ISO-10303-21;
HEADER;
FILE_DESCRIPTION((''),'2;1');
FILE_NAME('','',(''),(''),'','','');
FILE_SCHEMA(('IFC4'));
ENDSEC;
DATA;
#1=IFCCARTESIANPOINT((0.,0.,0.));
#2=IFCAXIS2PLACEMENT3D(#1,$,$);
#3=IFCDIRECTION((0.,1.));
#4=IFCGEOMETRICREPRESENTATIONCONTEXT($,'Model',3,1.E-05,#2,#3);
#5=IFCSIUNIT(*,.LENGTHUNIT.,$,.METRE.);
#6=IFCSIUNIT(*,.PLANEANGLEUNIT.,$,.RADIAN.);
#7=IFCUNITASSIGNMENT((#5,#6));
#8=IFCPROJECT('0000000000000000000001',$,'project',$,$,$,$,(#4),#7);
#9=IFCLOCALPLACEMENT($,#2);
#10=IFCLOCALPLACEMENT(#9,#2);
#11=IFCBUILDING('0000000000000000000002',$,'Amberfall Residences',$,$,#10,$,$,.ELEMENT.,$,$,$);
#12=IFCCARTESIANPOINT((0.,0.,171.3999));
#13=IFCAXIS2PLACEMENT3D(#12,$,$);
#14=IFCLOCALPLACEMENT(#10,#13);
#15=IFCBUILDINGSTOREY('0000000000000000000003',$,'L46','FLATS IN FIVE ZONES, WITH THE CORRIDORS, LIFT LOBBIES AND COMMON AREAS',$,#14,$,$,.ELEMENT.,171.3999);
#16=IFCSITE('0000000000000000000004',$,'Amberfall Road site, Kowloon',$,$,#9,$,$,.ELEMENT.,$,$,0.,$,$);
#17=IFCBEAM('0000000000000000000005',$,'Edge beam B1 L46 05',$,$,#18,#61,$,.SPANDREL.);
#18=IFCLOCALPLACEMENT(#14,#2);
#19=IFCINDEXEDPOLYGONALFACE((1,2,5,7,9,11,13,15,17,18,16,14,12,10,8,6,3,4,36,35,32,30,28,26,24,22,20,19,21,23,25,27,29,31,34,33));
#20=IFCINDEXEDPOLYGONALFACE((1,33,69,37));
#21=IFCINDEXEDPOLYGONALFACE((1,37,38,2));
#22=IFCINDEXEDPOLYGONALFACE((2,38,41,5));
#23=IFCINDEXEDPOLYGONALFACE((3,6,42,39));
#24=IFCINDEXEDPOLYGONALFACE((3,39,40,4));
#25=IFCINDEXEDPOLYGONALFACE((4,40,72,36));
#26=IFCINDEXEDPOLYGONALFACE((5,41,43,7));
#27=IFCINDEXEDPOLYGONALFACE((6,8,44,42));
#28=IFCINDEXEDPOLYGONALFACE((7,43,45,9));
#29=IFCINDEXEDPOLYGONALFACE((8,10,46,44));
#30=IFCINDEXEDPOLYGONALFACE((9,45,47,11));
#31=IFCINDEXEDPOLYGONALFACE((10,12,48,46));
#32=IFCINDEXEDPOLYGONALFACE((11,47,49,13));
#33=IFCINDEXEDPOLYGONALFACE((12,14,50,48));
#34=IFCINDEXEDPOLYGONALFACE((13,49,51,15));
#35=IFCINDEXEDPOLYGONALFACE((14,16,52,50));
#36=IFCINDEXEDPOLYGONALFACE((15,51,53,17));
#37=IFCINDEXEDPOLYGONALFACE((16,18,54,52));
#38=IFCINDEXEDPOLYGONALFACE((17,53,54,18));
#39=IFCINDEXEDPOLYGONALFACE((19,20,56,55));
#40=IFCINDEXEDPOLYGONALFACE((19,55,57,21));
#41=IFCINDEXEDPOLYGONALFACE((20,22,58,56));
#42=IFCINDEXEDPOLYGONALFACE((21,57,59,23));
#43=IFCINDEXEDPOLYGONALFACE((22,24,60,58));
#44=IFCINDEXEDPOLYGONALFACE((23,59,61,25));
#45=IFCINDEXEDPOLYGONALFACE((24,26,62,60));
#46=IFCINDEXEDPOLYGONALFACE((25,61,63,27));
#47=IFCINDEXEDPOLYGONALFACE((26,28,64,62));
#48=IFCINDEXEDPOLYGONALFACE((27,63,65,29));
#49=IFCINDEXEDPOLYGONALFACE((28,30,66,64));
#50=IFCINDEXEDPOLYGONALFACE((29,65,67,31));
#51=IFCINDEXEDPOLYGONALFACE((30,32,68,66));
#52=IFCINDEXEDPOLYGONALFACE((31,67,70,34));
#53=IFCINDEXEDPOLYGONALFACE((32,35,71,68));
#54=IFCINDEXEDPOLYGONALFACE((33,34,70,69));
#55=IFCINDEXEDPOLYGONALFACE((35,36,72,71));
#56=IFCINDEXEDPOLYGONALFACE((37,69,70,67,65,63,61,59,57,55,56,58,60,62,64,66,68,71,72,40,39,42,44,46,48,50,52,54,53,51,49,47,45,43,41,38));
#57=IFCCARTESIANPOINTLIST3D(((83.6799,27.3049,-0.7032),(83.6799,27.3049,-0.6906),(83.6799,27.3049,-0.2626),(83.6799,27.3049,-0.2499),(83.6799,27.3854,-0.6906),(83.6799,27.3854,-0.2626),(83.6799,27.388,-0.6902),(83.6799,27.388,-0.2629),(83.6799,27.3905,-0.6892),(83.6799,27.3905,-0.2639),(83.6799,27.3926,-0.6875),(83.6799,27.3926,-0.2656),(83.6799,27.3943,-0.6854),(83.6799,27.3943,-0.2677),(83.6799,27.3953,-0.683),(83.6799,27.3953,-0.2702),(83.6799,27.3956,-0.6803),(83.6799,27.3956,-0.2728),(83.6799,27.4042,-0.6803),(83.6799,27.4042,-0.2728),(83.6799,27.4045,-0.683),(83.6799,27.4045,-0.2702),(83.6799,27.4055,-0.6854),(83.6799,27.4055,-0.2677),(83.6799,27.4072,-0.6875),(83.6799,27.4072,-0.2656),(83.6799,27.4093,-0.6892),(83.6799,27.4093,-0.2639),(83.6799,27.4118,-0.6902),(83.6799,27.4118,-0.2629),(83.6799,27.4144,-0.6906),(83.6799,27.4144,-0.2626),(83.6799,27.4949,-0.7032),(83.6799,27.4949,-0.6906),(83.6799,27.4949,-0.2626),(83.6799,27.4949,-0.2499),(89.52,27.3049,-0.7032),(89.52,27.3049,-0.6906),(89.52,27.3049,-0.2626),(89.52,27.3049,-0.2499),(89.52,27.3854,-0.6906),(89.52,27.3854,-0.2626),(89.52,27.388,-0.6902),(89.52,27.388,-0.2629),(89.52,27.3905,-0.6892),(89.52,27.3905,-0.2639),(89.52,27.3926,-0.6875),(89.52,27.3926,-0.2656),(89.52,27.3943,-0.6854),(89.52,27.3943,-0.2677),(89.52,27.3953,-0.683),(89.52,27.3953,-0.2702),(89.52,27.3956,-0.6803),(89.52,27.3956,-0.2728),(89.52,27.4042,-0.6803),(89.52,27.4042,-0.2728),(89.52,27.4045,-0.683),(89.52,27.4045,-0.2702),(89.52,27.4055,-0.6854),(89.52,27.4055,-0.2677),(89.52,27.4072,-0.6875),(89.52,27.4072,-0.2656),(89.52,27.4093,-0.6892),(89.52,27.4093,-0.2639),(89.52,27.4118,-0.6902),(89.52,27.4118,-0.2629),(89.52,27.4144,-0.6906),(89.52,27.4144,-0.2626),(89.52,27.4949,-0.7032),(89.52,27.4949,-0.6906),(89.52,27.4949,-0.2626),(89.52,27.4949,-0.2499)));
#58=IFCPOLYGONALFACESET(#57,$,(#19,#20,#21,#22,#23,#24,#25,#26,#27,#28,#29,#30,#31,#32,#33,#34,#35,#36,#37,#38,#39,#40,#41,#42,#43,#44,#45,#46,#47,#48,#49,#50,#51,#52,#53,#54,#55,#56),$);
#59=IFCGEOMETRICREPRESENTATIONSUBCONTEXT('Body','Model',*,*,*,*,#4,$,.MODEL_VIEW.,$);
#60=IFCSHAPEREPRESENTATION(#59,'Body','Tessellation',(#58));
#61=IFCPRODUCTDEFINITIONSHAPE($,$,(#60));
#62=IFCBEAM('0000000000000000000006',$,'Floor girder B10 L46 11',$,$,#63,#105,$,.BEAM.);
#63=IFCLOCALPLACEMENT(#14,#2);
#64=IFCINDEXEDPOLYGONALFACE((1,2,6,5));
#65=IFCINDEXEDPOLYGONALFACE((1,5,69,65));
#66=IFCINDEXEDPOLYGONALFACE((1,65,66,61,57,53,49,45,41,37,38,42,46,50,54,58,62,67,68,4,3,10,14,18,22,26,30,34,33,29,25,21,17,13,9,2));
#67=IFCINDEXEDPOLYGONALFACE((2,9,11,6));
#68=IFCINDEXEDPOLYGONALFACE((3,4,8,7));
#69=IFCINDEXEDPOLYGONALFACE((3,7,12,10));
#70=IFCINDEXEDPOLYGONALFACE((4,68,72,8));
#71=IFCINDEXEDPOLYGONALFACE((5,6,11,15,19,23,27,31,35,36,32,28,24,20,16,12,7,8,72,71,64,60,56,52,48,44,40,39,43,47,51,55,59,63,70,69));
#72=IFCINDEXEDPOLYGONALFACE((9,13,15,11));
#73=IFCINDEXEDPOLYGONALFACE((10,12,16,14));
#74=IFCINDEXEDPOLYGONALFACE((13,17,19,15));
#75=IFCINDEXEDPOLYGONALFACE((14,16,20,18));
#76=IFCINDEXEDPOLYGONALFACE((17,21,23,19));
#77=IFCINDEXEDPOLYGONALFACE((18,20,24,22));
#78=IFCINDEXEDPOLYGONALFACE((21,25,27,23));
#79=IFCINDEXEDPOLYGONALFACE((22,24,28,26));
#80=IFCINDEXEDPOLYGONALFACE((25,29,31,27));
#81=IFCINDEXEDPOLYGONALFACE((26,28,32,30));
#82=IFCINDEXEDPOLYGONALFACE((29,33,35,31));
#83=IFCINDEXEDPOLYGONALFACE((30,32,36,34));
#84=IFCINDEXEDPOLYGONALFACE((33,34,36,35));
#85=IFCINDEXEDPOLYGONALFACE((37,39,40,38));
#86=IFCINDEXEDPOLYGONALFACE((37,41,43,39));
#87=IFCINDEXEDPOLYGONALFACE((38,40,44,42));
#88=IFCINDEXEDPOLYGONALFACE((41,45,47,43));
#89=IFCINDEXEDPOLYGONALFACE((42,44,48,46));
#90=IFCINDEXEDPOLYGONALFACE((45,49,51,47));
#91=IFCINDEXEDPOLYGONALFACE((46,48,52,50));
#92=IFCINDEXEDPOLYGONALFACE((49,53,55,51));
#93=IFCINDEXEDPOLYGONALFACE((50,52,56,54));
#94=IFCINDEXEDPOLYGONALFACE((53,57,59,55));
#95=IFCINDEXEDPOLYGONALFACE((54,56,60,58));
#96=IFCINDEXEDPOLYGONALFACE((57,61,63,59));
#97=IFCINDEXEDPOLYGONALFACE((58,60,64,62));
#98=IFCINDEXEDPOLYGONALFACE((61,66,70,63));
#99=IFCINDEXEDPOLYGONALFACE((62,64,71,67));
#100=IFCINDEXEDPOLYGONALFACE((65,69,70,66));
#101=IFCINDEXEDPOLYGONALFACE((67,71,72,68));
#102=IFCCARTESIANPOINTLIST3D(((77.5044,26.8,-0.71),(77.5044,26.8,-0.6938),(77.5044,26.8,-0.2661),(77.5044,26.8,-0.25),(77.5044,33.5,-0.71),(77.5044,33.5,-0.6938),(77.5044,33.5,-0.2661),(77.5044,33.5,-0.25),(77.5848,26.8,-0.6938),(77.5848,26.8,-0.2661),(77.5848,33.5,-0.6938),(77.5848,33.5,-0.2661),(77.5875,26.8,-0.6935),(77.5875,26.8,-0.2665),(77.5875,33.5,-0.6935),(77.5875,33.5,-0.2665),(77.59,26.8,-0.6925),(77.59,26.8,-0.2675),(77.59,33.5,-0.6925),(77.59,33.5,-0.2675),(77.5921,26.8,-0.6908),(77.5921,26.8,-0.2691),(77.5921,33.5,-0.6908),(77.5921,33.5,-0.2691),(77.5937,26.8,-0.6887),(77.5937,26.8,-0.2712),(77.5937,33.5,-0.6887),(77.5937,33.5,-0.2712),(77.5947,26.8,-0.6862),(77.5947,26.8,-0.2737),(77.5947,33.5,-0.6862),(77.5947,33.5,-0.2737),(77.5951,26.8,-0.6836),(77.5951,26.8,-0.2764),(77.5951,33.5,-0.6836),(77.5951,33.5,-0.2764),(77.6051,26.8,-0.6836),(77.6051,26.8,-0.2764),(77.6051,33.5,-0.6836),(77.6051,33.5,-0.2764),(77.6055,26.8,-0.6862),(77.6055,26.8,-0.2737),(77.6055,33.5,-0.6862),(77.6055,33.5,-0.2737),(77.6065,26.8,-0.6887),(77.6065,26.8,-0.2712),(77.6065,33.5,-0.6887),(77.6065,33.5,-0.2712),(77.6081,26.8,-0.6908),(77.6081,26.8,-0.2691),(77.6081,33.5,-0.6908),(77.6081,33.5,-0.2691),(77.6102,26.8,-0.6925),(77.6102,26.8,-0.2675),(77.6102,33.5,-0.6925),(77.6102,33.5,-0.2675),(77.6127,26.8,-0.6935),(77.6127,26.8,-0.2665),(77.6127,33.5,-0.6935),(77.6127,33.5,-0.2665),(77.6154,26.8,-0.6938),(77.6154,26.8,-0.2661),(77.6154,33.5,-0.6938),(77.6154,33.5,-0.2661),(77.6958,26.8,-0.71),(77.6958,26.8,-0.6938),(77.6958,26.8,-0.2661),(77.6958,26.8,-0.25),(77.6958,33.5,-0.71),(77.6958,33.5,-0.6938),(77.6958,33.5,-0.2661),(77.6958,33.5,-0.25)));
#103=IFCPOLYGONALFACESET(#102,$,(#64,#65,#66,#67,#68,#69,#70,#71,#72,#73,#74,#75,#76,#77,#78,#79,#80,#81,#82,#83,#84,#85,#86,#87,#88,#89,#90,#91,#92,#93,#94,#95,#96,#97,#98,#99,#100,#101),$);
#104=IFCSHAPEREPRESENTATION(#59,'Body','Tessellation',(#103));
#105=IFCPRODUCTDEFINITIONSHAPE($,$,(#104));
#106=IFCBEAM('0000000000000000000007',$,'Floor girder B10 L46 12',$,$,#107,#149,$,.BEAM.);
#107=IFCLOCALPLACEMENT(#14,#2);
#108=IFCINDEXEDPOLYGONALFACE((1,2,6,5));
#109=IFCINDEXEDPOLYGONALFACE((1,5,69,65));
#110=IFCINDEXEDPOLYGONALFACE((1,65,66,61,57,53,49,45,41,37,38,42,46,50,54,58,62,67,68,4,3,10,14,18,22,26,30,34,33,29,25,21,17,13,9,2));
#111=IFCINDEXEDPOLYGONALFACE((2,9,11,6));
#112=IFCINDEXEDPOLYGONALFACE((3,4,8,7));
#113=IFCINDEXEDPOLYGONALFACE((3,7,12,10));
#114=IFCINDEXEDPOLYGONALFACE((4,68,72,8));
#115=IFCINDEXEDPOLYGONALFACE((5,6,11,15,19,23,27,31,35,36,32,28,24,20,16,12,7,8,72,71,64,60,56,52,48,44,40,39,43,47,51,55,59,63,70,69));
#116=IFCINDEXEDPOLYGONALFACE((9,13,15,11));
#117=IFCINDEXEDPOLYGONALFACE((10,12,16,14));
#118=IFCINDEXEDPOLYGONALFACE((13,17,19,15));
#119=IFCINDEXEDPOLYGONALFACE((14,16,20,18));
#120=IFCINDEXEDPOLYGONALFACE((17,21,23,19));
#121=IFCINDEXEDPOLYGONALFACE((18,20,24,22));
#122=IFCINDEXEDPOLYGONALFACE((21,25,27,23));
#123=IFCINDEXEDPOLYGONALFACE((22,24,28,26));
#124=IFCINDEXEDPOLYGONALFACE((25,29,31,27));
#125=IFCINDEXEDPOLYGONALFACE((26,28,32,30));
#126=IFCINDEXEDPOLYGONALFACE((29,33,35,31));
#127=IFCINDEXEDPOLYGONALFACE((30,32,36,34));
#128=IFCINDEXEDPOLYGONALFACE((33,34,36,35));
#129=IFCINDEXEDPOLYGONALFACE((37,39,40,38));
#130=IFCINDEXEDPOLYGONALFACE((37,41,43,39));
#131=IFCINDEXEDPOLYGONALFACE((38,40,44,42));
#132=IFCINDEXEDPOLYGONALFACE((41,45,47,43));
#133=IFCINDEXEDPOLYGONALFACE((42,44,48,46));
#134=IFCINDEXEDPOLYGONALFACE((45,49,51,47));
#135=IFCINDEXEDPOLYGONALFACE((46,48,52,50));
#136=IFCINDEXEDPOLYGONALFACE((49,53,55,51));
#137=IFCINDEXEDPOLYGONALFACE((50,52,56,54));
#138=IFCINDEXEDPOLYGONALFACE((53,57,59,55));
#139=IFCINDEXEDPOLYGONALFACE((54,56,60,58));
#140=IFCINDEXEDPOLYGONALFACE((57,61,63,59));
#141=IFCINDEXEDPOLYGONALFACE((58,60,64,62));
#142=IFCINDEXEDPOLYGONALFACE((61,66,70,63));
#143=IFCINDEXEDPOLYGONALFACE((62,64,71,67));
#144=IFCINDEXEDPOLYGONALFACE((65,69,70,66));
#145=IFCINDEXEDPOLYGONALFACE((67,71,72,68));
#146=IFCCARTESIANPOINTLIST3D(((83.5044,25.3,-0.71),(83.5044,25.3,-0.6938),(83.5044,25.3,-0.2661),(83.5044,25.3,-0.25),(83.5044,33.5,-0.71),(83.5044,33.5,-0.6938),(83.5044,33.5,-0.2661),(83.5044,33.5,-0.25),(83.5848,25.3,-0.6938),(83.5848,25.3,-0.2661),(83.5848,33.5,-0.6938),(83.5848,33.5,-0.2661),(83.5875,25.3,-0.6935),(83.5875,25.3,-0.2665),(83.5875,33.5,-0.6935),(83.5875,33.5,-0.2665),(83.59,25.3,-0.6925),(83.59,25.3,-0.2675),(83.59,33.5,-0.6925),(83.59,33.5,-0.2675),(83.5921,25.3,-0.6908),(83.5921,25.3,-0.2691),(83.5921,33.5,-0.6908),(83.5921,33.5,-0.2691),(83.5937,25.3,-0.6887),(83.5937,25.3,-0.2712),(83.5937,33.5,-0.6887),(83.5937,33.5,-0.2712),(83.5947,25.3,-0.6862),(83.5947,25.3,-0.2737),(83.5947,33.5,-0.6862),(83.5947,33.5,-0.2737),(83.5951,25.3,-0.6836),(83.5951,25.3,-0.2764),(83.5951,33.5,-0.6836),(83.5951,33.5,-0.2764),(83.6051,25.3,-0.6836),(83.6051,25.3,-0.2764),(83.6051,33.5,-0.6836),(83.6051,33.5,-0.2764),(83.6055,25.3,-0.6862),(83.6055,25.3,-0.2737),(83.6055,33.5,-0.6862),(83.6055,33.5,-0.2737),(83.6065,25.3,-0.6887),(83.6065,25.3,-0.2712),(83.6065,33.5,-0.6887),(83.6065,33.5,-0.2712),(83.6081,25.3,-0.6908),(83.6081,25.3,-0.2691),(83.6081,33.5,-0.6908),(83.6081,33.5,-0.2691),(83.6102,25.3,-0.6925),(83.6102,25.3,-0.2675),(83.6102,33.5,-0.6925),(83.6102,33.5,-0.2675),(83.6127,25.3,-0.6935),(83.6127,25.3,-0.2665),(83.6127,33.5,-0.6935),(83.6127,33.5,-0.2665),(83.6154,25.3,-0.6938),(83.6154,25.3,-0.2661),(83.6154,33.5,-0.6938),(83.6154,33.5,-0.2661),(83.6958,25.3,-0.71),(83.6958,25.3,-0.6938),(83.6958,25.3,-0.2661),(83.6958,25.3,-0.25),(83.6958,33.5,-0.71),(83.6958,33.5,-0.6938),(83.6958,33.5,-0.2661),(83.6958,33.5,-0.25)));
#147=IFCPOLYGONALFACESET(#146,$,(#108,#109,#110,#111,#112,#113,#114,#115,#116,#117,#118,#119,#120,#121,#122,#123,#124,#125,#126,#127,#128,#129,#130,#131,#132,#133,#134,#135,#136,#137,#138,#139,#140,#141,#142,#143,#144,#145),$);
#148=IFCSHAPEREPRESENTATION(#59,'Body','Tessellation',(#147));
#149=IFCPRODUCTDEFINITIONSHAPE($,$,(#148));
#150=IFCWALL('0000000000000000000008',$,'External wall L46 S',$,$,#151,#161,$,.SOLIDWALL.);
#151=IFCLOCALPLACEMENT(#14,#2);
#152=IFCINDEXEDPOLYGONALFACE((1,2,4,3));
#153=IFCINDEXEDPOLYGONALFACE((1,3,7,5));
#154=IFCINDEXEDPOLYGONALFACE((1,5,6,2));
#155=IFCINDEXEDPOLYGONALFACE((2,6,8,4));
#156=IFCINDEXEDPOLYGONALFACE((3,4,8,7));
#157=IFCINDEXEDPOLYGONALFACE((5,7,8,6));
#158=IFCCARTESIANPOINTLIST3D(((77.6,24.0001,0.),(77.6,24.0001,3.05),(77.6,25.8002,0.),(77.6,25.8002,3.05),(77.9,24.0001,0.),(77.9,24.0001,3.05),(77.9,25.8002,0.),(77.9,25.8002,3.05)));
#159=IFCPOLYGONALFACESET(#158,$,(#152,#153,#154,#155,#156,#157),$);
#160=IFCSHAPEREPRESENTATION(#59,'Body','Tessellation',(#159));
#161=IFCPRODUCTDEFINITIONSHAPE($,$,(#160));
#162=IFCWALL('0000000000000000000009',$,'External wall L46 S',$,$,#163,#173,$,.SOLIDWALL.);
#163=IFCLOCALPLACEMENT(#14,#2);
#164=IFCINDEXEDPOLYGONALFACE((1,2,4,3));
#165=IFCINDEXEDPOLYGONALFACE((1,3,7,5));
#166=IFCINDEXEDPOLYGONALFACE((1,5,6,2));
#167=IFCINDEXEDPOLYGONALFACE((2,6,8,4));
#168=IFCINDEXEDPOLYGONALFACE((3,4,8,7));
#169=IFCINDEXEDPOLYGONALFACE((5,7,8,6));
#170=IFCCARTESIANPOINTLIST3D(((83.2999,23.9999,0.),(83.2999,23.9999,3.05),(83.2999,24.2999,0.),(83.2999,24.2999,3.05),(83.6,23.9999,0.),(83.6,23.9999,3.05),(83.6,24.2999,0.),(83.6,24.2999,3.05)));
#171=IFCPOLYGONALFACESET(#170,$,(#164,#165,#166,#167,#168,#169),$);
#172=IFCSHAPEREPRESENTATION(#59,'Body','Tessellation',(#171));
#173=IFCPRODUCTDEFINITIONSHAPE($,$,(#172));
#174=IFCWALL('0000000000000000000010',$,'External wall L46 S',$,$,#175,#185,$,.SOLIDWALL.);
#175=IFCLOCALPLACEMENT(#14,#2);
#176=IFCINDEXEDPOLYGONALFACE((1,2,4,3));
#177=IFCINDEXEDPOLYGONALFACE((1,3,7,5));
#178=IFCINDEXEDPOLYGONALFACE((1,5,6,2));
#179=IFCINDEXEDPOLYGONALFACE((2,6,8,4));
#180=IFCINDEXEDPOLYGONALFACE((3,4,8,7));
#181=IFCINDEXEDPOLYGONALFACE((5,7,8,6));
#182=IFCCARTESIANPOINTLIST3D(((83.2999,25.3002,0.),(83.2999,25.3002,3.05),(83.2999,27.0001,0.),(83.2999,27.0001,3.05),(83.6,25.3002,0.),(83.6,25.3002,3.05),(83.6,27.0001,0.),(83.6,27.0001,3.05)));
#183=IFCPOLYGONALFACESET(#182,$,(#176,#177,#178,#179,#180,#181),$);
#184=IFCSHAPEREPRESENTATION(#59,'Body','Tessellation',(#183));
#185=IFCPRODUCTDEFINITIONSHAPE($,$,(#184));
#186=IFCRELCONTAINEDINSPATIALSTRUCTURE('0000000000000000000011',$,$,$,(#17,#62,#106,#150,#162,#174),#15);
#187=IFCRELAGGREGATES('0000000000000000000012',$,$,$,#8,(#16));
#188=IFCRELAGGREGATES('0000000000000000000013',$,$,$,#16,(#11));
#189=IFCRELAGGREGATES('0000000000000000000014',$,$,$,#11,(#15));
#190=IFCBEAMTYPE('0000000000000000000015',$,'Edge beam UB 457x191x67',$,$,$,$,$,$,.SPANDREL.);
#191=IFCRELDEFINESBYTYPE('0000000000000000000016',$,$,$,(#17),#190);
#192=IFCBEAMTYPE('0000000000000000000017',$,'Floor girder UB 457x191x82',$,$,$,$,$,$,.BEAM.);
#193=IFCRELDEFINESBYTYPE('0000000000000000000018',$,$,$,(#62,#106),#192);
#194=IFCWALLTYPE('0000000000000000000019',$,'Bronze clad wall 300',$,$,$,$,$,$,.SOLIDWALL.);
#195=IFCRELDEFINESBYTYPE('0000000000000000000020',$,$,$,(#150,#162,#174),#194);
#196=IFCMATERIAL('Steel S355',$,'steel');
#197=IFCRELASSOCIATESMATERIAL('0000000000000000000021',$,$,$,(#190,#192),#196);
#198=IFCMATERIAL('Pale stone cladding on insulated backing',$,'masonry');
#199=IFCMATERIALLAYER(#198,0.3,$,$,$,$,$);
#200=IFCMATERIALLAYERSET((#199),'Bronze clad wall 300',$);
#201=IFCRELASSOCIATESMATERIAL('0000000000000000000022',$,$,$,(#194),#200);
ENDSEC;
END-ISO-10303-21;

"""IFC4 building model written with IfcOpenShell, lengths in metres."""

from ifc_helpers import new_model, si_unit, direction, frame, frame_2d, origin, origin_2d, place, context, subcontext, project, spatial, rectangle, i_section, extrude, material, layer, layer_set, material_profile, profile_set, type_object, element, save


model = new_model("IFC4")

# Units and contexts
model_context = context("Model", 3, precision=1e-05, world=origin(), true_north=direction((0.0, 1.0)))
body_context = subcontext(model_context, "Body", "Model", "MODEL_VIEW")
ifc_project = project(units=[si_unit("LENGTHUNIT", "METRE"), si_unit("PLANEANGLEUNIT", "RADIAN")], contexts=[model_context])

# Site, building, storey
site_placement = place(None, origin())
site = spatial("IfcSite", under=ifc_project, at=site_placement, Name="Amberfall Road site, Kowloon", CompositionType="ELEMENT", RefElevation=0.0)
building_placement = place(site_placement, origin())
building = spatial("IfcBuilding", under=site, at=building_placement, Name="Amberfall Residences", CompositionType="ELEMENT")
storey_placement = place(building_placement, frame((0.0, 0.0, 171.3999)))
storey = spatial("IfcBuildingStorey", under=building, at=storey_placement, Name="L46", Description="FLATS IN FIVE ZONES, WITH THE CORRIDORS, LIFT LOBBIES AND COMMON AREAS", CompositionType="ELEMENT", Elevation=171.3999)

# Beams
ifc_material_1 = material(Name="Steel S355", Category="steel")
ifc_material_profile_1 = material_profile(ifc_material_1, i_section(OverallWidth=0.1899, OverallDepth=0.4534, WebThickness=0.0085, FlangeThickness=0.0127, FilletRadius=0.0103, at=origin_2d()), Name="UB 457x191x67")
ifc_profile_set_1 = profile_set([ifc_material_profile_1], Name="Steel S355")
beam_type_1 = type_object("IfcBeamType", Name="Edge beam UB 457x191x67", PredefinedType="SPANDREL", material=ifc_profile_set_1)
beam_1_placement = place(storey_placement, frame((83.6799, 27.3999, -0.4766), z_axis=(1.0, 0.0, 0.0), x_axis=(0.0, 1.0, 0.0)))
element("IfcBeam", 1, at=beam_1_placement, inside=storey, type_object=beam_type_1, Name="Edge beam B1 L46 05", PredefinedType="SPANDREL", context=body_context, shape_type="SweptSolid", body=[
    extrude(i_section(OverallWidth=0.1899, OverallDepth=0.4534, WebThickness=0.0085, FlangeThickness=0.0127, FilletRadius=0.0103, at=origin_2d()), origin(), (0.0, 0.0, 1.0), 5.8401),
])
ifc_material_profile_2 = material_profile(ifc_material_1, i_section(OverallWidth=0.1914, OverallDepth=0.46, WebThickness=0.01, FlangeThickness=0.0161, FilletRadius=0.0103, at=origin_2d()), Name="UB 457x191x82")
ifc_profile_set_2 = profile_set([ifc_material_profile_2], Name="Steel S355")
beam_type_2 = type_object("IfcBeamType", Name="Floor girder UB 457x191x82", PredefinedType="BEAM", material=ifc_profile_set_2)
beam_2_placement = place(storey_placement, frame((77.6001, 26.8, -0.48), z_axis=(0.0, 1.0, 0.0), x_axis=(-1.0, 0.0, 0.0)))
element("IfcBeam", 2, at=beam_2_placement, inside=storey, type_object=beam_type_2, Name="Floor girder B10 L46 11", PredefinedType="BEAM", context=body_context, shape_type="SweptSolid", body=[
    extrude(i_section(OverallWidth=0.1914, OverallDepth=0.46, WebThickness=0.01, FlangeThickness=0.0161, FilletRadius=0.0103, at=origin_2d()), origin(), (0.0, 0.0, 1.0), 6.7),
])
beam_3_placement = place(storey_placement, frame((83.6001, 25.3, -0.48), z_axis=(0.0, 1.0, 0.0), x_axis=(-1.0, 0.0, 0.0)))
element("IfcBeam", 3, at=beam_3_placement, inside=storey, type_object=beam_type_2, Name="Floor girder B10 L46 12", PredefinedType="BEAM", context=body_context, shape_type="SweptSolid", body=[
    extrude(i_section(OverallWidth=0.1914, OverallDepth=0.46, WebThickness=0.01, FlangeThickness=0.0161, FilletRadius=0.0103, at=origin_2d()), origin(), (0.0, 0.0, 1.0), 8.2),
])

# Walls
ifc_material_2 = material(Name="Pale stone cladding on insulated backing", Category="masonry")
ifc_layer_1 = layer(ifc_material_2, 0.3)
ifc_layer_set_1 = layer_set([ifc_layer_1], Name="Bronze clad wall 300")
wall_type_1 = type_object("IfcWallType", Name="Bronze clad wall 300", PredefinedType="SOLIDWALL", material=ifc_layer_set_1)
wall_1_placement = place(storey_placement, frame((77.75, 25.8, 0.0), z_axis=(0.0, 0.0, 1.0), x_axis=(0.0, -1.0, 0.0)))
element("IfcWall", 4, at=wall_1_placement, inside=storey, type_object=wall_type_1, Name="External wall L46 S", PredefinedType="SOLIDWALL", context=body_context, shape_type="SweptSolid", body=[
    extrude(rectangle(XDim=1.8, YDim=0.3, at=frame_2d((0.8999, 0.0))), origin(), (0.0, 0.0, 1.0), 3.05),
])
wall_2_placement = place(storey_placement, frame((83.45, 24.0, 0.0), z_axis=(0.0, 0.0, 1.0), x_axis=(0.0, 1.0, 0.0)))
element("IfcWall", 5, at=wall_2_placement, inside=storey, type_object=wall_type_1, Name="External wall L46 S", PredefinedType="SOLIDWALL", context=body_context, shape_type="SweptSolid", body=[
    extrude(rectangle(XDim=0.3, YDim=0.3, at=frame_2d((0.1499, 0.0))), origin(), (0.0, 0.0, 1.0), 3.05),
])
wall_3_placement = place(storey_placement, frame((83.45, 25.3, 0.0), z_axis=(0.0, 0.0, 1.0), x_axis=(0.0, 1.0, 0.0)))
element("IfcWall", 6, at=wall_3_placement, inside=storey, type_object=wall_type_1, Name="External wall L46 S", PredefinedType="SOLIDWALL", context=body_context, shape_type="SweptSolid", body=[
    extrude(rectangle(XDim=1.7, YDim=0.3, at=frame_2d((0.8501, 0.0))), origin(), (0.0, 0.0, 1.0), 3.05),
])

save(model, "model.ifc")
